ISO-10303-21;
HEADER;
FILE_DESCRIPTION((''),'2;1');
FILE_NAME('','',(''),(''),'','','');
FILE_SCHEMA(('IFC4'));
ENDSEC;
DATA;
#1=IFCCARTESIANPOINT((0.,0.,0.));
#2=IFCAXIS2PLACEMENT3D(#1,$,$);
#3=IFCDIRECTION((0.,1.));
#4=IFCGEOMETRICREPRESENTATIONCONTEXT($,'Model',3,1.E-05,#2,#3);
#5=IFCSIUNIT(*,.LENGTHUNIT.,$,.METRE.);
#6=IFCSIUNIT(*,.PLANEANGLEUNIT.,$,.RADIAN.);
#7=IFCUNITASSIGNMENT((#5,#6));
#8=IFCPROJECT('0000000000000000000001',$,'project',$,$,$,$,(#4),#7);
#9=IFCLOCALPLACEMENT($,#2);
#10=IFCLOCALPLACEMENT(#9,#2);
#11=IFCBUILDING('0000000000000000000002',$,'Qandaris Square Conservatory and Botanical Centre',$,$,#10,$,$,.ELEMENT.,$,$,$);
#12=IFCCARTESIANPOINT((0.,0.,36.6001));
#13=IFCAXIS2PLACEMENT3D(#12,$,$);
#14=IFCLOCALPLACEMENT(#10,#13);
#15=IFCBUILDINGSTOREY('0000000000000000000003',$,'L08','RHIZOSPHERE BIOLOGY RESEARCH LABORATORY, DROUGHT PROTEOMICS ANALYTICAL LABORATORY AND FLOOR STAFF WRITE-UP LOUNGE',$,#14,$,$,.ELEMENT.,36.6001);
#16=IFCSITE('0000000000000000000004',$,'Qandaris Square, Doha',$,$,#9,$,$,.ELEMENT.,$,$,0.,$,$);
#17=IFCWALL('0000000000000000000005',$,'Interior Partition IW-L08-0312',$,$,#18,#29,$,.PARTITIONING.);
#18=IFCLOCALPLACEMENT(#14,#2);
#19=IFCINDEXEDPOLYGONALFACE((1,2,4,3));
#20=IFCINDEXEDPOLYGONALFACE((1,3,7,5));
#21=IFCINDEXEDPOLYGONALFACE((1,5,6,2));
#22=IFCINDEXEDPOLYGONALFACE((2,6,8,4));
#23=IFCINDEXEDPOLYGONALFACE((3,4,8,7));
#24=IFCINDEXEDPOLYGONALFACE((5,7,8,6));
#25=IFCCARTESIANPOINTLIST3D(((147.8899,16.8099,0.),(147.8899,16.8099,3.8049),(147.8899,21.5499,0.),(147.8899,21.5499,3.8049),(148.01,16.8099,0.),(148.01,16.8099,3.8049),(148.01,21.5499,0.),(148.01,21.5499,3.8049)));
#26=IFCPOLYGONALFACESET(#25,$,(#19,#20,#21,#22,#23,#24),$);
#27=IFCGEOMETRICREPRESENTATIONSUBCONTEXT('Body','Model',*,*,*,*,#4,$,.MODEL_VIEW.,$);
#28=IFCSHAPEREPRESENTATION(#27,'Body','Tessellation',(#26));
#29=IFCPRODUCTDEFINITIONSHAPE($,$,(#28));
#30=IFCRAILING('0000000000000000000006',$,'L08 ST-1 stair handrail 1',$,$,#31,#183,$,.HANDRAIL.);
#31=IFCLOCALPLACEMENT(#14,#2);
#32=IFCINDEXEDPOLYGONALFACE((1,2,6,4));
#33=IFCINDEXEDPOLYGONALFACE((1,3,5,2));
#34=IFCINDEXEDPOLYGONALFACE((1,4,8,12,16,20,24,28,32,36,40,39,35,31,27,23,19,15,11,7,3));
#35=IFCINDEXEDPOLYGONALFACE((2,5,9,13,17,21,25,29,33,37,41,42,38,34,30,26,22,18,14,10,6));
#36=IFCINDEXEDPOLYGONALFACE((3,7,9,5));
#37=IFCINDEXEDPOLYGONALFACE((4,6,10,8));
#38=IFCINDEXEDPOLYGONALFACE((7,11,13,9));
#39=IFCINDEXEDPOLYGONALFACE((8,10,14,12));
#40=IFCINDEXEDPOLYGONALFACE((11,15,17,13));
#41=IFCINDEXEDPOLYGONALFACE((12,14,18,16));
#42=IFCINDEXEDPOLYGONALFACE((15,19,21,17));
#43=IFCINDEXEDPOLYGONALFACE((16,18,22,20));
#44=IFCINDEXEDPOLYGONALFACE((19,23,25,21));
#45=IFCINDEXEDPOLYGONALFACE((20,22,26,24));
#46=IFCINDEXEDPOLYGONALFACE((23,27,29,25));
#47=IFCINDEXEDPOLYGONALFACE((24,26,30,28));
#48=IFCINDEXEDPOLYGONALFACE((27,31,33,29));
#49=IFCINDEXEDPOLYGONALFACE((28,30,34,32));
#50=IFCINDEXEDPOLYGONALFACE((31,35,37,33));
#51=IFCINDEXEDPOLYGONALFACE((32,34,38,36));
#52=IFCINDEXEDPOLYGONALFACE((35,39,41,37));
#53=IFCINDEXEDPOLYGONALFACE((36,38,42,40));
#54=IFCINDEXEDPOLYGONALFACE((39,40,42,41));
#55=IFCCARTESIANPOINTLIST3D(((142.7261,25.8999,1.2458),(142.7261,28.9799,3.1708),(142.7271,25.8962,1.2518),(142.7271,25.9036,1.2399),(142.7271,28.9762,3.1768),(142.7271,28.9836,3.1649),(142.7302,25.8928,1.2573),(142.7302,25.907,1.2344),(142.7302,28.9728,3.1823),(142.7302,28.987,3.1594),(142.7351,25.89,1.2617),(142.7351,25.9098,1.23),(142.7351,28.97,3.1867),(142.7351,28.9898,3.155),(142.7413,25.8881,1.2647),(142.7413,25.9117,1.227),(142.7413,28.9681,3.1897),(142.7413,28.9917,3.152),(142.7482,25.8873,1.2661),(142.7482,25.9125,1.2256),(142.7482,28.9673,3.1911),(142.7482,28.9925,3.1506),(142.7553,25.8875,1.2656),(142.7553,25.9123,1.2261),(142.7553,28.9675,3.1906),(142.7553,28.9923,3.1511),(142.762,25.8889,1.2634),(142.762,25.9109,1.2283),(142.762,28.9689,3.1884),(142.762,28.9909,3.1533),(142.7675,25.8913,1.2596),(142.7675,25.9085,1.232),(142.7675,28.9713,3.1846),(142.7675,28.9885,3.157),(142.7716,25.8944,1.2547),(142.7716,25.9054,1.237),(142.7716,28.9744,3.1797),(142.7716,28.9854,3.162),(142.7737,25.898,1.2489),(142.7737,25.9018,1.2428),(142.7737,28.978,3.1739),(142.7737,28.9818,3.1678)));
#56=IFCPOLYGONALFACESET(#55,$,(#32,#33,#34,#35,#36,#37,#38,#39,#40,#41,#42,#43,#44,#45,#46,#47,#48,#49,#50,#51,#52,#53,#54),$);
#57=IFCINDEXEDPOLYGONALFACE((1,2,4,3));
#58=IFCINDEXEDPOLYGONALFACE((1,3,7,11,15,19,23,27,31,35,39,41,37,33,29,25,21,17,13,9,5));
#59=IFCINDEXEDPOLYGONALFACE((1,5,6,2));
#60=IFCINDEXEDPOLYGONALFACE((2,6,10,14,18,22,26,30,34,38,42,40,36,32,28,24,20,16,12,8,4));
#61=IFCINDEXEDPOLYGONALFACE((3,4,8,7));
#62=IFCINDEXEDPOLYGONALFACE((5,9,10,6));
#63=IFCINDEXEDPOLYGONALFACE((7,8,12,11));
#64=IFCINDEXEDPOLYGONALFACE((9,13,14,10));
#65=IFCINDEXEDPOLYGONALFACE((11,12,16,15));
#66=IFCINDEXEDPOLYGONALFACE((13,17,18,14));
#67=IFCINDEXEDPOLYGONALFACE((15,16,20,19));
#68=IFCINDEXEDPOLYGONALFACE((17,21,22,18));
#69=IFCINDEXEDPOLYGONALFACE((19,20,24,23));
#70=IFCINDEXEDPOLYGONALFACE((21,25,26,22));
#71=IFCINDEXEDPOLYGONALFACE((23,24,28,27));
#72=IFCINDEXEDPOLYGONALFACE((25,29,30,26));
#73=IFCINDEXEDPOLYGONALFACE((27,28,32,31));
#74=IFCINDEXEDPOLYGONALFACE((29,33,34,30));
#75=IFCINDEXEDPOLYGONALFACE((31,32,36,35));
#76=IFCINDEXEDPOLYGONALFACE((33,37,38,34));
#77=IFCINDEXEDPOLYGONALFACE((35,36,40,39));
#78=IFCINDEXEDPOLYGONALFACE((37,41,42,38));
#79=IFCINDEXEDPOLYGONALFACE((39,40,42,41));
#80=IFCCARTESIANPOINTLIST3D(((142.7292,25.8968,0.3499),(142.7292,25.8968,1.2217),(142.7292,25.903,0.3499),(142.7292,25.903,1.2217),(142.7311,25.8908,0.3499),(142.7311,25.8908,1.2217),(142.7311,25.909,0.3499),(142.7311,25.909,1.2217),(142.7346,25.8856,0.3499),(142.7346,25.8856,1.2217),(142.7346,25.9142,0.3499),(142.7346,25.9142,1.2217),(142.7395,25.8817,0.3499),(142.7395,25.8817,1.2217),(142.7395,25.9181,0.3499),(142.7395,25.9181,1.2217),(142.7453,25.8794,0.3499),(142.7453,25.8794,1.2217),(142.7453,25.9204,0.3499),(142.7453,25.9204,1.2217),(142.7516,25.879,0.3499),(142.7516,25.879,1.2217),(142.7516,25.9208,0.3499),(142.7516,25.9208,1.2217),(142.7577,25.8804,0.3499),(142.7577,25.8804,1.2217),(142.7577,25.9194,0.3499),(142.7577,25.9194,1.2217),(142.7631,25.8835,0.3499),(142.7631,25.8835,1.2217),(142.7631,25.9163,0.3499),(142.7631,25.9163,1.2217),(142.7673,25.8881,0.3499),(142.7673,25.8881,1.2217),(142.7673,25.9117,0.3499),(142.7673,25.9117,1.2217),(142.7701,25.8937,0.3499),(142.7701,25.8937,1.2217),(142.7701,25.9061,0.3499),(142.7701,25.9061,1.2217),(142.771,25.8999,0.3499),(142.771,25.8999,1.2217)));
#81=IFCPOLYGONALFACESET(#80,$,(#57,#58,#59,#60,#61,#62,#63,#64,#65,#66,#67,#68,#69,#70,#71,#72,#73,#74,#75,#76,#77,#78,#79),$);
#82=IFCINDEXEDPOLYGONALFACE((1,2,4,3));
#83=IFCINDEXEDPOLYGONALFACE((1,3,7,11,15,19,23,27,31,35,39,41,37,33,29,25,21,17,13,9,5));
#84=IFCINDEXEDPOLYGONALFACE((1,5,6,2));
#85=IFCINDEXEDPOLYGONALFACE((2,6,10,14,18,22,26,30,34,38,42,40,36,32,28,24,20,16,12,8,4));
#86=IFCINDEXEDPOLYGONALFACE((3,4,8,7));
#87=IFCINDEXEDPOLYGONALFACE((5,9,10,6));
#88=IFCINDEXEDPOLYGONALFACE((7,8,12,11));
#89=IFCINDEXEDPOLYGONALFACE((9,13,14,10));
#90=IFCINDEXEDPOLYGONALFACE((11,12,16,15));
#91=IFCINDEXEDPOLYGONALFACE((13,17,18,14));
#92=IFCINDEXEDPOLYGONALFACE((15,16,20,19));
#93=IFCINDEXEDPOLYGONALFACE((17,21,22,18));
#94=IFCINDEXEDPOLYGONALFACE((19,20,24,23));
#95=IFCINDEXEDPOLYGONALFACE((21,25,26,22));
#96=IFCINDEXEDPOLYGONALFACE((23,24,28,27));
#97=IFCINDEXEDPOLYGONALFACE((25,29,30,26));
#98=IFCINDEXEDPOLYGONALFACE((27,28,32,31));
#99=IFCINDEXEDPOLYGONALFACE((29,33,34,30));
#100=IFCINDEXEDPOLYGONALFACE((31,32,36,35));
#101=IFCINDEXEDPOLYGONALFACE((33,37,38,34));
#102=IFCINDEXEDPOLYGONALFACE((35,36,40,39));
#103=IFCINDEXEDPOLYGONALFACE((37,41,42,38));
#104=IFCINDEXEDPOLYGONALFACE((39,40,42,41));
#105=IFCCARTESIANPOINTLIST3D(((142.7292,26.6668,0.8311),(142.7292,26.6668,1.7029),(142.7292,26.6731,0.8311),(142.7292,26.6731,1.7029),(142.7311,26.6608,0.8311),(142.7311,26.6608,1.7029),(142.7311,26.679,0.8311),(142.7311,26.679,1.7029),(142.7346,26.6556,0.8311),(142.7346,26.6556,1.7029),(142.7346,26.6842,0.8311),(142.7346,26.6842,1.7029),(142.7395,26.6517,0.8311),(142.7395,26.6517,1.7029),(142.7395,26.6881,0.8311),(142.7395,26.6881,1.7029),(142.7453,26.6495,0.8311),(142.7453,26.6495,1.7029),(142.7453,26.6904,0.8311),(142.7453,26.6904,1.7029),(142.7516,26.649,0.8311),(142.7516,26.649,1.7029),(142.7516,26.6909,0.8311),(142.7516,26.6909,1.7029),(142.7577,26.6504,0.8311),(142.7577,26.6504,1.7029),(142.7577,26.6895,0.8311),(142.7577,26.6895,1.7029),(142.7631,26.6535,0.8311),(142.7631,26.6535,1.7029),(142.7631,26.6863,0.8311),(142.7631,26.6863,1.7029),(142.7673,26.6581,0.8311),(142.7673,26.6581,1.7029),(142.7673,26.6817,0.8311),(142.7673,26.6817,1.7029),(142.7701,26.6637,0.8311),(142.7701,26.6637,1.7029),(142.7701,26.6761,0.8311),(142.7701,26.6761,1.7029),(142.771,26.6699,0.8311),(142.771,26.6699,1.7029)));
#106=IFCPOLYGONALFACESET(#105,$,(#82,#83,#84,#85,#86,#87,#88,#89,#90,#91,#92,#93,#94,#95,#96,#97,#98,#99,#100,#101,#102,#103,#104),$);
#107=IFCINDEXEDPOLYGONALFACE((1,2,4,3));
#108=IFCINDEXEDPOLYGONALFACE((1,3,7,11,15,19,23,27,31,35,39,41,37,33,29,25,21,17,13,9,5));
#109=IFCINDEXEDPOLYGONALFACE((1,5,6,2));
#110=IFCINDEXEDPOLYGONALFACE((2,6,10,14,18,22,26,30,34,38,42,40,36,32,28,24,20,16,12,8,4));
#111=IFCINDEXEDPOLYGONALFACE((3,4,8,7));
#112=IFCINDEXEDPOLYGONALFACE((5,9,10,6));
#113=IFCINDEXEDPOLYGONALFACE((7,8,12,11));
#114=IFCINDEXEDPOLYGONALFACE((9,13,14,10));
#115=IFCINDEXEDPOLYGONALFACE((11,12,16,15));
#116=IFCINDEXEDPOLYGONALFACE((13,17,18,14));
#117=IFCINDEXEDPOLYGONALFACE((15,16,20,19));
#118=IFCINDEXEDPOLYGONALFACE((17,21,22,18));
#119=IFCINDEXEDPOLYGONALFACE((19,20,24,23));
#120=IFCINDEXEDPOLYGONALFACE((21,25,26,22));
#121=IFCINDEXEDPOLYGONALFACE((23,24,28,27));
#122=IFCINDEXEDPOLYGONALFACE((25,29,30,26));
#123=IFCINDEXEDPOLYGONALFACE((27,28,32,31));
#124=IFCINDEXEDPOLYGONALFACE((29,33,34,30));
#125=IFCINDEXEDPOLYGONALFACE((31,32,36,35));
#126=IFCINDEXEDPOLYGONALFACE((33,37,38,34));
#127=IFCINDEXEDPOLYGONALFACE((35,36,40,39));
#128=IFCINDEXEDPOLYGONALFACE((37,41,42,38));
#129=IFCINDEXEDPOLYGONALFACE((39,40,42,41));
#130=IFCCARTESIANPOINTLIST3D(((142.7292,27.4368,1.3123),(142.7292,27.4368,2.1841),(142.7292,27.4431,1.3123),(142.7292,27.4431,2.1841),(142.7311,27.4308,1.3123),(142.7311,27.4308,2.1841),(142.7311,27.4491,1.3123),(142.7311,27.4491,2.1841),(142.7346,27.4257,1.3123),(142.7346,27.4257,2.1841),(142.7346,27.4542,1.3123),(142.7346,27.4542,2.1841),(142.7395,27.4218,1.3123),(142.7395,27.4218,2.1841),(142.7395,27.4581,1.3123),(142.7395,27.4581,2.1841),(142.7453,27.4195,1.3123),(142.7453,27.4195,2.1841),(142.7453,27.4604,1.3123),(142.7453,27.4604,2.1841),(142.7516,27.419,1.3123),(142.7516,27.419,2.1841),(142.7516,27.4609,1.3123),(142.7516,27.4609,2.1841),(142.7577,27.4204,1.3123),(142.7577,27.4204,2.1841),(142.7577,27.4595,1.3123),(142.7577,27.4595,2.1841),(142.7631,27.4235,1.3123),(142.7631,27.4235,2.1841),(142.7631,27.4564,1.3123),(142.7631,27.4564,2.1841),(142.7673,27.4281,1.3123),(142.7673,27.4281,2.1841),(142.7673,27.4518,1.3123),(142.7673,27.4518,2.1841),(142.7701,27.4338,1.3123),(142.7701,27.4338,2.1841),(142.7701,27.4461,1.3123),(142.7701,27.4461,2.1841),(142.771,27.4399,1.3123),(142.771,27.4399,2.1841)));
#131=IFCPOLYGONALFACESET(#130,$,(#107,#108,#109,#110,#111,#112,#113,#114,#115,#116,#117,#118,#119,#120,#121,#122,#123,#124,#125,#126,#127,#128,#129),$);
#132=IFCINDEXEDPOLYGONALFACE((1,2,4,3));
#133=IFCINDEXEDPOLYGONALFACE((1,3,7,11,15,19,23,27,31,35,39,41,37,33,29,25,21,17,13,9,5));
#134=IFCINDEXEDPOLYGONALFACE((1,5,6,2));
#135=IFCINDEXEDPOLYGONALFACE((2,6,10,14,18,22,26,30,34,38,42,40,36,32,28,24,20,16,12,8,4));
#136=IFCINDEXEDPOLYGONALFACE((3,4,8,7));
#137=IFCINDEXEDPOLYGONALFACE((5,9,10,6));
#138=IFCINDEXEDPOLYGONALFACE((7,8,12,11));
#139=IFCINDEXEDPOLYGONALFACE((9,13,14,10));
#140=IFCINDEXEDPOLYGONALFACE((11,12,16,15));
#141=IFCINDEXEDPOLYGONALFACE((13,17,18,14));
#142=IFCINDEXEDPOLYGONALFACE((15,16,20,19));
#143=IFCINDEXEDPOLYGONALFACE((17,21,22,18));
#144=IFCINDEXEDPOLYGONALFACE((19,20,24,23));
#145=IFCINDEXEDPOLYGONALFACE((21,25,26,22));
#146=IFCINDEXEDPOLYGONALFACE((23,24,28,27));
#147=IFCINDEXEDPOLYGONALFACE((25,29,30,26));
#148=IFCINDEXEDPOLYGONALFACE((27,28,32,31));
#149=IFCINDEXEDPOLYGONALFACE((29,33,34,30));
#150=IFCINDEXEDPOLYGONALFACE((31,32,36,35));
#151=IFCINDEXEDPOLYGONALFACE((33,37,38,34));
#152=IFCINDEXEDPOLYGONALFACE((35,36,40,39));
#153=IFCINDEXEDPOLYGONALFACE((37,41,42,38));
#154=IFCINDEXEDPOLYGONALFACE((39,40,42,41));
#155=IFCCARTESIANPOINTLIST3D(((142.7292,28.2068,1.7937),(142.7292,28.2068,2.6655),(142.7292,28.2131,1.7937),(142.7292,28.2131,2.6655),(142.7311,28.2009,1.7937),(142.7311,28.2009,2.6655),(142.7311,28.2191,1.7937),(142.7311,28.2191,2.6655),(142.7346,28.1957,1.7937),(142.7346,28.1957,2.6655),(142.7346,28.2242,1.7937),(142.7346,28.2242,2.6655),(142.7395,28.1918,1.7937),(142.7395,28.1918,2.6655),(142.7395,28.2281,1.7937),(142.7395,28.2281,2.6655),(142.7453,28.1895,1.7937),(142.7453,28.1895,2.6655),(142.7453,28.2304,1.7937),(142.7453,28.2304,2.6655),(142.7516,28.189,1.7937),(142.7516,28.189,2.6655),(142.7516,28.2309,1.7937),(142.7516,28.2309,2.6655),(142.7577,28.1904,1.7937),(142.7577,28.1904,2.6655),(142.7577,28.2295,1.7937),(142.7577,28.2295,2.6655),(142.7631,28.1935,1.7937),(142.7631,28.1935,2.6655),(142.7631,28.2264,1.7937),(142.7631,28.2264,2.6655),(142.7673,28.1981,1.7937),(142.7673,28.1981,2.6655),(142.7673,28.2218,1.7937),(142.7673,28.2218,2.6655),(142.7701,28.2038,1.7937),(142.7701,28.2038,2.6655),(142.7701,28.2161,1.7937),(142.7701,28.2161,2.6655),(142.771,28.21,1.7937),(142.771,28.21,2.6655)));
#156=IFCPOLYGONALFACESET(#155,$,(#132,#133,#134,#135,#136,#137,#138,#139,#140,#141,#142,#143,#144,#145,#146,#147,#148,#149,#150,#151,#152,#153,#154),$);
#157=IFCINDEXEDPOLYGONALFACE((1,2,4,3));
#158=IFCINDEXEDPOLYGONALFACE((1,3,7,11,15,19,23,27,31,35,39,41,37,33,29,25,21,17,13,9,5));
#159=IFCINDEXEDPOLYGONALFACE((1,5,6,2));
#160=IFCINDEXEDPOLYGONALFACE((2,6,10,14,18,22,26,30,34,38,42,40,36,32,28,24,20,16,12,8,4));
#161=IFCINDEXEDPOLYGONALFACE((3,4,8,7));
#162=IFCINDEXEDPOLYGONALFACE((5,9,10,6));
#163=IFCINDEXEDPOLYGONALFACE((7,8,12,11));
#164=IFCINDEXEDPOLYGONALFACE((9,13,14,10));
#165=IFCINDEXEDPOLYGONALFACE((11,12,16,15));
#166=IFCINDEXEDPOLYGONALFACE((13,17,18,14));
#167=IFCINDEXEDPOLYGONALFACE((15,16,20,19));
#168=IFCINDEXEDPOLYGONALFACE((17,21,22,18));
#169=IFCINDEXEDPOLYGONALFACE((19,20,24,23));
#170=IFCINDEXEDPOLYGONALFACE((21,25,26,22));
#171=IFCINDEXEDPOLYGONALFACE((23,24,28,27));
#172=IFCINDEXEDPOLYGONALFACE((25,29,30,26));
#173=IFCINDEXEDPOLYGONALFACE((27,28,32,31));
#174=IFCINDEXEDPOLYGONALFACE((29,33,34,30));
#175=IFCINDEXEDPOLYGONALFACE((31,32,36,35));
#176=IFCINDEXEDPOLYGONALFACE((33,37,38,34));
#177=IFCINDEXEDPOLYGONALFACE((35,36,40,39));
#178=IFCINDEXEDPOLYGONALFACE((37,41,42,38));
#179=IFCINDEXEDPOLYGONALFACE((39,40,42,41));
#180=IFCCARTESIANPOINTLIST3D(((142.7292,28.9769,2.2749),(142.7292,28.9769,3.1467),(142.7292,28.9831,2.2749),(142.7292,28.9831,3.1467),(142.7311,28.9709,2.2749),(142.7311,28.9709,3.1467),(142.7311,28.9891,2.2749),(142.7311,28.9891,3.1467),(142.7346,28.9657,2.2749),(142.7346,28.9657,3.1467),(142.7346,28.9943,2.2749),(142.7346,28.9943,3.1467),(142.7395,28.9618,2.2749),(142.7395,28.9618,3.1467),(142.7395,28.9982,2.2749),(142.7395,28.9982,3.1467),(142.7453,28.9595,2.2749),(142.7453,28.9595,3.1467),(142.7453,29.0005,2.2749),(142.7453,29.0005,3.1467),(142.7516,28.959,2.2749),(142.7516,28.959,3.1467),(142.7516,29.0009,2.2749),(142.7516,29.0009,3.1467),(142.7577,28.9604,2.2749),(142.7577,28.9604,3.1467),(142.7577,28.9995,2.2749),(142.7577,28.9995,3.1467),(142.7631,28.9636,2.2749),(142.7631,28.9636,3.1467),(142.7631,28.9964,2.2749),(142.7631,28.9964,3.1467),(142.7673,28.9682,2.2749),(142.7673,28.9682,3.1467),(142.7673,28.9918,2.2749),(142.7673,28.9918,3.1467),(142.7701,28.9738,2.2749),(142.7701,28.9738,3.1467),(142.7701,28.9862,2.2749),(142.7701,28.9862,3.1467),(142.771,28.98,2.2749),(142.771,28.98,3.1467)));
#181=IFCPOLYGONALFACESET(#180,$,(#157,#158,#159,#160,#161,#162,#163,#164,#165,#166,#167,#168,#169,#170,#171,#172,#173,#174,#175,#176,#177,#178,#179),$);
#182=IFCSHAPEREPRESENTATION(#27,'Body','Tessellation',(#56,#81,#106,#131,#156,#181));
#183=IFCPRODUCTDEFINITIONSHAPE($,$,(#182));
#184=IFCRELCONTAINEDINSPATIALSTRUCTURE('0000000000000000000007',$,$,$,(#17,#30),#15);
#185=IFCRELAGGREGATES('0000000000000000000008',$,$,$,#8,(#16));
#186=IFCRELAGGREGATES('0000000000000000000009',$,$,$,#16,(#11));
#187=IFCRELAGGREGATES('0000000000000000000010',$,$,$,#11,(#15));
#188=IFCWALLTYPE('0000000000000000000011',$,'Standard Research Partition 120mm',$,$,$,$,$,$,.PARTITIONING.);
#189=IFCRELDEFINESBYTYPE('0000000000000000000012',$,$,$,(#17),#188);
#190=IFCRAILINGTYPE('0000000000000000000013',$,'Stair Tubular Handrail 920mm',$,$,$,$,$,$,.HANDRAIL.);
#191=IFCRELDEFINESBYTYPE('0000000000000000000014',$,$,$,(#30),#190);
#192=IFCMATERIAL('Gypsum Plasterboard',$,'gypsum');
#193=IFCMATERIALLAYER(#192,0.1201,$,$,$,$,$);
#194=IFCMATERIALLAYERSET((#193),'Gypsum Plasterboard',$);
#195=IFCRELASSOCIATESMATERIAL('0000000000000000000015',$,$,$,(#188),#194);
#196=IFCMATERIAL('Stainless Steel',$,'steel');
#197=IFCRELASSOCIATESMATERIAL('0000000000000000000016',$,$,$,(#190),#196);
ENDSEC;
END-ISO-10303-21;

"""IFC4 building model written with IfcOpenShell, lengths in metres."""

from ifc_helpers import new_model, si_unit, direction, frame, frame_2d, origin, origin_2d, place, context, subcontext, project, spatial, rectangle, circle, extrude, material, layer, layer_set, type_object, element, save


model = new_model("IFC4")

# Units and contexts
model_context = context("Model", 3, precision=1e-05, world=origin(), true_north=direction((0.0, 1.0)))
body_context = subcontext(model_context, "Body", "Model", "MODEL_VIEW")
ifc_project = project(units=[si_unit("LENGTHUNIT", "METRE"), si_unit("PLANEANGLEUNIT", "RADIAN")], contexts=[model_context])

# Site, building, storey
site_placement = place(None, origin())
site = spatial("IfcSite", under=ifc_project, at=site_placement, Name="Qandaris Square, Doha", CompositionType="ELEMENT", RefElevation=0.0)
building_placement = place(site_placement, origin())
building = spatial("IfcBuilding", under=site, at=building_placement, Name="Qandaris Square Conservatory and Botanical Centre", CompositionType="ELEMENT")
storey_placement = place(building_placement, frame((0.0, 0.0, 36.6001)))
storey = spatial("IfcBuildingStorey", under=building, at=storey_placement, Name="L08", Description="RHIZOSPHERE BIOLOGY RESEARCH LABORATORY, DROUGHT PROTEOMICS ANALYTICAL LABORATORY AND FLOOR STAFF WRITE-UP LOUNGE", CompositionType="ELEMENT", Elevation=36.6001)

# Shared definitions
ifc_material_1 = material(Name="Gypsum Plasterboard", Category="gypsum")

# Shared definitions
ifc_layer_1 = layer(ifc_material_1, 0.1201)
ifc_layer_set_1 = layer_set([ifc_layer_1], Name="Gypsum Plasterboard")
wall_type_1 = type_object("IfcWallType", Name="Standard Research Partition 120mm", PredefinedType="PARTITIONING", material=ifc_layer_set_1)

# Wall
wall_1_placement = place(storey_placement, frame((147.95, 21.55, 0.0), z_axis=(0.0, 0.0, 1.0), x_axis=(0.0, -1.0, 0.0)))
element("IfcWall", 1, at=wall_1_placement, inside=storey, type_object=wall_type_1, Name="Interior Partition IW-L08-0312", PredefinedType="PARTITIONING", context=body_context, shape_type="SweptSolid", body=[
    extrude(rectangle(XDim=4.74, YDim=0.1201, at=frame_2d((2.3701, 0.0))), origin(), (0.0, 0.0, 1.0), 3.8049),
])

# Railing
ifc_material_2 = material(Name="Stainless Steel", Category="steel")
railing_type = type_object("IfcRailingType", Name="Stair Tubular Handrail 920mm", PredefinedType="HANDRAIL", material=ifc_material_2)
railing_placement = place(storey_placement, frame((142.75, 25.8999, 0.3499)))
element("IfcRailing", 2, at=railing_placement, inside=storey, type_object=railing_type, Name="L08 ST-1 stair handrail 1", PredefinedType="HANDRAIL", context=body_context, shape_type="SweptSolid", body=[
    extrude(circle(Radius=0.0239, at=origin_2d()), frame((0.0, 0.0, 0.896), z_axis=(0.0, 0.847998, 0.529999), x_axis=(-1.0, 0.0, 0.0)), (0.0, 0.0, 1.0), 3.6321),
    extrude(circle(Radius=0.021, at=origin_2d()), origin(), (0.0, 0.0, 1.0), 0.8718),
    extrude(circle(Radius=0.021, at=origin_2d()), frame((0.0, 0.77, 0.4812)), (0.0, 0.0, 1.0), 0.8718),
    extrude(circle(Radius=0.021, at=origin_2d()), frame((0.0, 1.54, 0.9624)), (0.0, 0.0, 1.0), 0.8718),
    extrude(circle(Radius=0.021, at=origin_2d()), frame((0.0, 2.3101, 1.4438)), (0.0, 0.0, 1.0), 0.8718),
    extrude(circle(Radius=0.021, at=origin_2d()), frame((0.0, 3.0801, 1.925)), (0.0, 0.0, 1.0), 0.8718),
])

save(model, "model.ifc")
